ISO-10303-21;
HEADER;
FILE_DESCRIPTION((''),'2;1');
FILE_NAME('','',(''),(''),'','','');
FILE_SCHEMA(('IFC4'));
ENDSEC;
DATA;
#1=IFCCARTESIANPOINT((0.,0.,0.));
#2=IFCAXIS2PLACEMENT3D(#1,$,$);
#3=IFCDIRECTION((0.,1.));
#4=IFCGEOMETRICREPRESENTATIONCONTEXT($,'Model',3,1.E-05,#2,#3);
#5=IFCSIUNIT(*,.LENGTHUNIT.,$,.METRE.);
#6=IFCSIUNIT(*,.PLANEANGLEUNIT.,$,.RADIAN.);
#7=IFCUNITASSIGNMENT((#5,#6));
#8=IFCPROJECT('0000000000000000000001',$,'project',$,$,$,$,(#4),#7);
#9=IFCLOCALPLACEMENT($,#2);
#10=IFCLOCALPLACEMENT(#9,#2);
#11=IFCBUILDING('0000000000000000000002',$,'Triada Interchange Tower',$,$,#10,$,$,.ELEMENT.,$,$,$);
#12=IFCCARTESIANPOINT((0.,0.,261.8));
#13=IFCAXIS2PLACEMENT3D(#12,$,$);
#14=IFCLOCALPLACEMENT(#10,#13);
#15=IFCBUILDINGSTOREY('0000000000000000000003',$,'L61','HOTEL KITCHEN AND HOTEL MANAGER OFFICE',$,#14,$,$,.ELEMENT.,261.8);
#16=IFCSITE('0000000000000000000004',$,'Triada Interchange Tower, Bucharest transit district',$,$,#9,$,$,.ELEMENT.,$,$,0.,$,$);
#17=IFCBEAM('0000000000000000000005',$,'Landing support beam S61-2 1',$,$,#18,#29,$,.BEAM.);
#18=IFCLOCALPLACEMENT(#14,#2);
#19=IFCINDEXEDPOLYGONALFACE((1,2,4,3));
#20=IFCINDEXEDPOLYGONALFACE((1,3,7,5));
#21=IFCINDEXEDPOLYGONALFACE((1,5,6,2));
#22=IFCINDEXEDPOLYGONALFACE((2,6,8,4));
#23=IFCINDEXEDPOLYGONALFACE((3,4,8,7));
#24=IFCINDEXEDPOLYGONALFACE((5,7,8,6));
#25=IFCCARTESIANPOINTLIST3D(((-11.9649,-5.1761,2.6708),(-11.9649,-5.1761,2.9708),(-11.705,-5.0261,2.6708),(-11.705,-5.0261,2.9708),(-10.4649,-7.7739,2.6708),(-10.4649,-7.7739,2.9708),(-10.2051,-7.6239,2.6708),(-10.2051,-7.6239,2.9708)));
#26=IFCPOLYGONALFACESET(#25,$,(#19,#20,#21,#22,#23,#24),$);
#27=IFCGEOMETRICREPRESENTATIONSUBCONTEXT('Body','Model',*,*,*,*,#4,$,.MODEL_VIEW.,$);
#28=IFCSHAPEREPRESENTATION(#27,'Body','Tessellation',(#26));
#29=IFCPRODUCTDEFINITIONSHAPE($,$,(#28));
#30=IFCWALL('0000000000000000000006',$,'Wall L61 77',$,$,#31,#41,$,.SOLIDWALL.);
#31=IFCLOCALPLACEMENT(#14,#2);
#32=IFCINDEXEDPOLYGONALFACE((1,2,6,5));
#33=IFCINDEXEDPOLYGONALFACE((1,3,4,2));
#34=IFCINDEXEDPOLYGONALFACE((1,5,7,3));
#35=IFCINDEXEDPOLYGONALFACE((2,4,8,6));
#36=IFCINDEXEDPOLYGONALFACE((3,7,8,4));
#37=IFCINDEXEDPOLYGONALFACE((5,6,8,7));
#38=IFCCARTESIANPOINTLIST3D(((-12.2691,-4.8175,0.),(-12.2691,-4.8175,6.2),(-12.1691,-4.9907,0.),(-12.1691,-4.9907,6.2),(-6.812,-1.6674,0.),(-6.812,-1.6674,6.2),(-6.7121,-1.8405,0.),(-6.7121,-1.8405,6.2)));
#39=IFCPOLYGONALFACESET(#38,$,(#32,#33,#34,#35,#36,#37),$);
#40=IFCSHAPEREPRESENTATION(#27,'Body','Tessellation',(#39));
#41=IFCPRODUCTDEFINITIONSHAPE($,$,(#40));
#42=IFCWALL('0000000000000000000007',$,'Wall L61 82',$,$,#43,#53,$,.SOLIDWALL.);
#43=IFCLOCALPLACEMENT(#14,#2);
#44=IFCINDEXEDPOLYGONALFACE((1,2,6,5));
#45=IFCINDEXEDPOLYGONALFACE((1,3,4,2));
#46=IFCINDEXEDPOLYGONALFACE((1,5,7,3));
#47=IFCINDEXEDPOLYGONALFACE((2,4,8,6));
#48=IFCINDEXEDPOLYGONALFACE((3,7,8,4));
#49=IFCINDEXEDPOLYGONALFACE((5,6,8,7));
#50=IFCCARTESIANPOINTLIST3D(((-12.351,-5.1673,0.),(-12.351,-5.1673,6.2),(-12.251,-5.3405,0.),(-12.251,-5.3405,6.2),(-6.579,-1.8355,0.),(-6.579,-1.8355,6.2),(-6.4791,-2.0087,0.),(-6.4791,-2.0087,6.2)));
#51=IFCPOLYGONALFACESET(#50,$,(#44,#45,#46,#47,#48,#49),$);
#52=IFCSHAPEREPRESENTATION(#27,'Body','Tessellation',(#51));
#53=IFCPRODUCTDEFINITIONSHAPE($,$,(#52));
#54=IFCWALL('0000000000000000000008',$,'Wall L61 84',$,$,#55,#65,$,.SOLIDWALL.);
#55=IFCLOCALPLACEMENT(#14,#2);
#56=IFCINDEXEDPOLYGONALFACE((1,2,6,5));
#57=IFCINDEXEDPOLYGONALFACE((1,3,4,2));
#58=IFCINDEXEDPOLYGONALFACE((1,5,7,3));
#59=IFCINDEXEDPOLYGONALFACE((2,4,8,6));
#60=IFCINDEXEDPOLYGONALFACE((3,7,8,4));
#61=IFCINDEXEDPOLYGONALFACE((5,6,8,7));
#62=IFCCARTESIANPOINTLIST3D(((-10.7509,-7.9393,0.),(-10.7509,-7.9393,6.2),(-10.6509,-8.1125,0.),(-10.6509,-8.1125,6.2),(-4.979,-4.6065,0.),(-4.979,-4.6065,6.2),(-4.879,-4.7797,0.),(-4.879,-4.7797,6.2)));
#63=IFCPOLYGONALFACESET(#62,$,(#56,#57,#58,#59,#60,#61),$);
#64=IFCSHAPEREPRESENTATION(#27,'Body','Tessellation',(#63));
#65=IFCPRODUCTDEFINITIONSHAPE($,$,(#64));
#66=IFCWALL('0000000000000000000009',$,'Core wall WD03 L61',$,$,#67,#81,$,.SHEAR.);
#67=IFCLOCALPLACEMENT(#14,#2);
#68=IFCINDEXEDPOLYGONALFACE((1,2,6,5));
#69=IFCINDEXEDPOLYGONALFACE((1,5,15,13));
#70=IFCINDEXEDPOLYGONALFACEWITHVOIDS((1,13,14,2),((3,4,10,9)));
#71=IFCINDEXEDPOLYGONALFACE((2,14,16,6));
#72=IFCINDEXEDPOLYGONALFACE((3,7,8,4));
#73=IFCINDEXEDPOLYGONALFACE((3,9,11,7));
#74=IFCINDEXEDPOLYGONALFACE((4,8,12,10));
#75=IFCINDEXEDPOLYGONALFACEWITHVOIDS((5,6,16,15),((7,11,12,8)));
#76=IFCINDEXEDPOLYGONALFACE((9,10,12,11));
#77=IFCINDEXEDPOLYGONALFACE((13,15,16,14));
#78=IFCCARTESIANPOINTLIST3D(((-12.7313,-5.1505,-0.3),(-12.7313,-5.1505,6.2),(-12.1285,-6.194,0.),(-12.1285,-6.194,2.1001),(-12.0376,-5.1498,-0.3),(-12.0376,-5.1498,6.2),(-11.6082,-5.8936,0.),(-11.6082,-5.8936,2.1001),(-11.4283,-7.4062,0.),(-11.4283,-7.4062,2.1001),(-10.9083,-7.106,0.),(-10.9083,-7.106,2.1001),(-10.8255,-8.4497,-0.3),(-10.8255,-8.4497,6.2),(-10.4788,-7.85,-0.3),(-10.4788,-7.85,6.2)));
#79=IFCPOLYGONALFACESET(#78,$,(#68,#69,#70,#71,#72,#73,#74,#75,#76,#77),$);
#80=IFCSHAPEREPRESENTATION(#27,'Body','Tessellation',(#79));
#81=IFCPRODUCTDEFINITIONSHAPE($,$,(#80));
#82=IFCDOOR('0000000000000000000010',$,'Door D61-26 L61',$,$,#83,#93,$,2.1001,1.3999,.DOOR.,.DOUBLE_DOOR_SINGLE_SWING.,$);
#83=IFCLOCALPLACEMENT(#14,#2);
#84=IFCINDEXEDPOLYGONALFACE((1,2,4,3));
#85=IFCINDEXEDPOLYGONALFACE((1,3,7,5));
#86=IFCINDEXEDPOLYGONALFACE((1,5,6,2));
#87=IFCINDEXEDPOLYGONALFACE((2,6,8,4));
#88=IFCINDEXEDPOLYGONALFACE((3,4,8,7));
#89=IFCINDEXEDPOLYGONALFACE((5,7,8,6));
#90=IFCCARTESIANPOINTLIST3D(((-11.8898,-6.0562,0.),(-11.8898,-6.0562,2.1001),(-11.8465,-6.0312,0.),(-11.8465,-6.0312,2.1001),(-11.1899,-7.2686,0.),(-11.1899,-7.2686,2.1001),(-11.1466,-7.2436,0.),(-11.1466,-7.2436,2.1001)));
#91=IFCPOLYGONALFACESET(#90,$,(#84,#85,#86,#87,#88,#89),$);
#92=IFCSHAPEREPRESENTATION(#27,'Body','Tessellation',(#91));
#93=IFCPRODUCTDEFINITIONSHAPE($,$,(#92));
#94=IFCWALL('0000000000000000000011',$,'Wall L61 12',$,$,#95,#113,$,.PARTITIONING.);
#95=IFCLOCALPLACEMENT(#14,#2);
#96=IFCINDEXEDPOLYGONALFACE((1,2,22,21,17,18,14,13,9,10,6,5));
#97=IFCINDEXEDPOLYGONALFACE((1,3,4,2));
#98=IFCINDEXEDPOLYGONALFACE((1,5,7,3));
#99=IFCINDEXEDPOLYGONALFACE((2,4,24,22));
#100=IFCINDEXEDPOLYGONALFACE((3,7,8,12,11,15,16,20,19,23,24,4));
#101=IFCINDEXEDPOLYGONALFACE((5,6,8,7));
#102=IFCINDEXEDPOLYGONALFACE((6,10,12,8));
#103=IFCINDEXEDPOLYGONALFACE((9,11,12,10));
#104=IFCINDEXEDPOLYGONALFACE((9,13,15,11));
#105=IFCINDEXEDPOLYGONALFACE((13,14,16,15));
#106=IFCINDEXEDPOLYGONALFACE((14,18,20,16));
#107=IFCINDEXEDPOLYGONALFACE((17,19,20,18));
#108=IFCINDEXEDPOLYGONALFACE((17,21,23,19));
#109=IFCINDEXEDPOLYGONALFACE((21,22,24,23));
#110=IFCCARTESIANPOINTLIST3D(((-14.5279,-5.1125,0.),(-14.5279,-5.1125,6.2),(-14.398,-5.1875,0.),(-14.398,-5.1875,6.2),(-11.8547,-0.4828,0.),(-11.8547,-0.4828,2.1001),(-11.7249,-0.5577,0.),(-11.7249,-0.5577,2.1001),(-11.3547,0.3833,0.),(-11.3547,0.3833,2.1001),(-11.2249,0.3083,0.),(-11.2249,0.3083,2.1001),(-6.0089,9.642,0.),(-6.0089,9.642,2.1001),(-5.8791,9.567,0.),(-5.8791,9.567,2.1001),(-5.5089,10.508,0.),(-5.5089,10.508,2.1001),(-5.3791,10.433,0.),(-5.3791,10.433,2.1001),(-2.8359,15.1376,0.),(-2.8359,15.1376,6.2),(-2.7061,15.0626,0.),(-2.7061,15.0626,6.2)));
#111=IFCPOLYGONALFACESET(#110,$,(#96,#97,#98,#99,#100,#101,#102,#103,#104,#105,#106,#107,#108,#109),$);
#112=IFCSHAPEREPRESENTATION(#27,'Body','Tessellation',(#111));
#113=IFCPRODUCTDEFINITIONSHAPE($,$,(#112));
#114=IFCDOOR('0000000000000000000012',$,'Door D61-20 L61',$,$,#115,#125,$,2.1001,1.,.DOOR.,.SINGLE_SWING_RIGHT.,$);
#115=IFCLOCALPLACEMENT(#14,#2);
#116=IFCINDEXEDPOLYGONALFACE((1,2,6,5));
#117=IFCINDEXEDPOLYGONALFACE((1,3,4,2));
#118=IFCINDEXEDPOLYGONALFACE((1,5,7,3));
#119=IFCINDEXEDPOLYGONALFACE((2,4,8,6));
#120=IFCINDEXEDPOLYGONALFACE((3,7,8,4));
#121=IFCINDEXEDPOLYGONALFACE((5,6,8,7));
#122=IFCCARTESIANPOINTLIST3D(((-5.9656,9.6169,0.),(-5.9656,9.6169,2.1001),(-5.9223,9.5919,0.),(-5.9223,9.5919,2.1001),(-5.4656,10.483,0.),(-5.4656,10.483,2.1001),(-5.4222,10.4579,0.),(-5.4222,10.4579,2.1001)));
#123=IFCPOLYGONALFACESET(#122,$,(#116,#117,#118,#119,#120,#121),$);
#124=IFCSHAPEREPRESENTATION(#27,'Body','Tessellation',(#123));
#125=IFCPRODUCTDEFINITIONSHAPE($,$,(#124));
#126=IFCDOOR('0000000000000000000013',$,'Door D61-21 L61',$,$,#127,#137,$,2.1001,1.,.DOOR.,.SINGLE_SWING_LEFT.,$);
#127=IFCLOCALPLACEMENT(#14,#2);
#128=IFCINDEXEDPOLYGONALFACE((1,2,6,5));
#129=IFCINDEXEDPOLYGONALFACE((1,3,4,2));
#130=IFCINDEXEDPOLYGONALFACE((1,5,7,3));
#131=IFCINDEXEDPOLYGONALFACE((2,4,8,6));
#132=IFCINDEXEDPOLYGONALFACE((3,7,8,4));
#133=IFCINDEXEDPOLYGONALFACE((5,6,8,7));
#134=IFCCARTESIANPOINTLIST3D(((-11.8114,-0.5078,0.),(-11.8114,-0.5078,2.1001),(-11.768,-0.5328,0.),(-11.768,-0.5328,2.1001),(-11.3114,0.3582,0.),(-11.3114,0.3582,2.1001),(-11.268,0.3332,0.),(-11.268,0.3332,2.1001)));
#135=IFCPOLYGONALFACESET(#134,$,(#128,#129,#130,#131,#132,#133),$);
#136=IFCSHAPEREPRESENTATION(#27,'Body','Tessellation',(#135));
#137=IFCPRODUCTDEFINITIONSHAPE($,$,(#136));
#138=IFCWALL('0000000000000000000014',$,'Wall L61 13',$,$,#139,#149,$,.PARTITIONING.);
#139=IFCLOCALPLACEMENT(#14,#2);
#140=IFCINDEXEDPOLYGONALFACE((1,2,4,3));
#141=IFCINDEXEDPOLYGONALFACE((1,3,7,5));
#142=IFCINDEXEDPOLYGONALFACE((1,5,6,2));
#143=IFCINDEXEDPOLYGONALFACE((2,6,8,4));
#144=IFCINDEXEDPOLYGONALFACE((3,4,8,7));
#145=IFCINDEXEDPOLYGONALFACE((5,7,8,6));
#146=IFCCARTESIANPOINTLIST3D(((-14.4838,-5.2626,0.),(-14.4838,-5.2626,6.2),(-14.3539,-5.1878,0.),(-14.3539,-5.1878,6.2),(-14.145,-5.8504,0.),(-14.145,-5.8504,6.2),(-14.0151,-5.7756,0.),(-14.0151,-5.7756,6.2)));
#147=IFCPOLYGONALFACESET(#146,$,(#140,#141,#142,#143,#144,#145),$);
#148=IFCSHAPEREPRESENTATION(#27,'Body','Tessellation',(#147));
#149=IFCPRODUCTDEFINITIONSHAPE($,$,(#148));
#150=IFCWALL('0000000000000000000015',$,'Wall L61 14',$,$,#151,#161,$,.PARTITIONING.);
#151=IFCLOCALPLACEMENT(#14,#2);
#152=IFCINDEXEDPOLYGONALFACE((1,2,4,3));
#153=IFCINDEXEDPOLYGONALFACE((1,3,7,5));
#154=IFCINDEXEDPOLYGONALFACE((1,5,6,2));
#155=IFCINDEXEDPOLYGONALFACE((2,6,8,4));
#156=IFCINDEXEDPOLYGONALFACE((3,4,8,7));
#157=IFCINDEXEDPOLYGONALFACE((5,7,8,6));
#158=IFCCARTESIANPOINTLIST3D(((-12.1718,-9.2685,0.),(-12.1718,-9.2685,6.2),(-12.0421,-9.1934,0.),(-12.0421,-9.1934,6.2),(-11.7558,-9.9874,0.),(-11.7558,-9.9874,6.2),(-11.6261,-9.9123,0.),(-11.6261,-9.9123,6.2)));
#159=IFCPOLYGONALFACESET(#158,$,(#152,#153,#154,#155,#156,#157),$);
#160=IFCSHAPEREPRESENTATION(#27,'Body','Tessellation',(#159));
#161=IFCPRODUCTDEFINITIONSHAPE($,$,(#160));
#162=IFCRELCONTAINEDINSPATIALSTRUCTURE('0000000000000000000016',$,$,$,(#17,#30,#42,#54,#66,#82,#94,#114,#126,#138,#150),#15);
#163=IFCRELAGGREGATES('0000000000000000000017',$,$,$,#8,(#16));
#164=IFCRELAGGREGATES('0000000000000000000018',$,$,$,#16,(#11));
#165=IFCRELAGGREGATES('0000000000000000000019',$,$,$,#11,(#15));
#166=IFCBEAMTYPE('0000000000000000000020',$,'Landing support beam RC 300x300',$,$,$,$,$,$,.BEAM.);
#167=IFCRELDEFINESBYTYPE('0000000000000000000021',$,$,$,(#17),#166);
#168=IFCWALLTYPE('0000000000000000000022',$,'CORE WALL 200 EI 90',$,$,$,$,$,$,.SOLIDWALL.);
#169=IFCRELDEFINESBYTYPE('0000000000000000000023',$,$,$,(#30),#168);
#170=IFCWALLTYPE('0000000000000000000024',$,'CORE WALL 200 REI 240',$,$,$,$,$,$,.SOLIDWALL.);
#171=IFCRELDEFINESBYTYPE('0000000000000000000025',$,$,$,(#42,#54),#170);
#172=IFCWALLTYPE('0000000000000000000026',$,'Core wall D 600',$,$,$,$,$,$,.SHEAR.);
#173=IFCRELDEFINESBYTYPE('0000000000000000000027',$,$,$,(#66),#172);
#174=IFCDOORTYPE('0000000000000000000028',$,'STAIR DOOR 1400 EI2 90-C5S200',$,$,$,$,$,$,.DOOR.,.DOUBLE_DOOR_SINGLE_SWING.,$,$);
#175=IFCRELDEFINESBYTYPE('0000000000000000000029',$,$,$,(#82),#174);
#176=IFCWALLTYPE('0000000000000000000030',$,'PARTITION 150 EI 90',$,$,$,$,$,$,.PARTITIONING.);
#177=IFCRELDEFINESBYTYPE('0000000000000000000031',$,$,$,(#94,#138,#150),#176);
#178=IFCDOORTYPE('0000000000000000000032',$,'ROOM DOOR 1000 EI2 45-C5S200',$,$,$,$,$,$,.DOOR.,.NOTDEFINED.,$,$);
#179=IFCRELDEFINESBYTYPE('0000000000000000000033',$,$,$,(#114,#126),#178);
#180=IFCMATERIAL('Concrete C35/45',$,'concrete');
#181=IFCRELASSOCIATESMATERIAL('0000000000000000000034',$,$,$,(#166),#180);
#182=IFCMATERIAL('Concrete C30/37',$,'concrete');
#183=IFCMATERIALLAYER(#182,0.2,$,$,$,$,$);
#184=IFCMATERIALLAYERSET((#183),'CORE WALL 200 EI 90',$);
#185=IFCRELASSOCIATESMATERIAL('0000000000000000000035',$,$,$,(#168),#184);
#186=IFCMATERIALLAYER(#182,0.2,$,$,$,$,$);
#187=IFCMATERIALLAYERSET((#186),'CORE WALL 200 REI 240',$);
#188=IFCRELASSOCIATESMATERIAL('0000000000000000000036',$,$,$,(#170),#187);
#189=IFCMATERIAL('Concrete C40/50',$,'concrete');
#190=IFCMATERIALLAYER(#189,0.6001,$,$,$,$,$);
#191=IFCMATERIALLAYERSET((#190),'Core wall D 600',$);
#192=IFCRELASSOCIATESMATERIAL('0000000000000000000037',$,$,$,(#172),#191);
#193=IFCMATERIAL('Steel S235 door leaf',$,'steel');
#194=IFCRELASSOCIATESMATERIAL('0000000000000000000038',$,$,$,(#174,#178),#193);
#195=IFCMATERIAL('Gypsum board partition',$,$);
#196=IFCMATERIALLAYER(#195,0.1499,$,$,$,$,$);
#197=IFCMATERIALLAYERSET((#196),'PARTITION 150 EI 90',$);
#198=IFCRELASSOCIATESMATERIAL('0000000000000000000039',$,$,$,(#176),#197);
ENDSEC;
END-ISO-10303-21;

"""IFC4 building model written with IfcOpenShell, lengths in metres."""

from ifc_helpers import new_model, si_unit, direction, frame, frame_2d, origin, origin_2d, place, context, subcontext, project, spatial, polyline, rectangle, outline, extrude, material, layer, layer_set, material_profile, profile_set, type_object, element, fill, save


model = new_model("IFC4")

# Units and contexts
model_context = context("Model", 3, precision=1e-05, world=origin(), true_north=direction((0.0, 1.0)))
body_context = subcontext(model_context, "Body", "Model", "MODEL_VIEW")
ifc_project = project(units=[si_unit("LENGTHUNIT", "METRE"), si_unit("PLANEANGLEUNIT", "RADIAN")], contexts=[model_context])

# Site, building, storey
site_placement = place(None, origin())
site = spatial("IfcSite", under=ifc_project, at=site_placement, Name="Triada Interchange Tower, Bucharest transit district", CompositionType="ELEMENT", RefElevation=0.0)
building_placement = place(site_placement, origin())
building = spatial("IfcBuilding", under=site, at=building_placement, Name="Triada Interchange Tower", CompositionType="ELEMENT")
storey_placement = place(building_placement, frame((0.0, 0.0, 261.8)))
storey = spatial("IfcBuildingStorey", under=building, at=storey_placement, Name="L61", Description="HOTEL KITCHEN AND HOTEL MANAGER OFFICE", CompositionType="ELEMENT", Elevation=261.8)

# Beam
ifc_material_1 = material(Name="Concrete C35/45", Category="concrete")
ifc_material_profile = material_profile(ifc_material_1, rectangle(XDim=0.3, YDim=0.3, at=origin_2d()), Name="RC 300x300")
ifc_profile_set = profile_set([ifc_material_profile], Name="Concrete C35/45")
beam_type = type_object("IfcBeamType", Name="Landing support beam RC 300x300", PredefinedType="BEAM", material=ifc_profile_set)
beam_placement = place(storey_placement, frame((-11.835, -5.1011, 2.8208), z_axis=(0.500025, -0.866011, 0.0), x_axis=(0.866011, 0.500025, 0.0)))
element("IfcBeam", 1, at=beam_placement, inside=storey, type_object=beam_type, Name="Landing support beam S61-2 1", PredefinedType="BEAM", context=body_context, shape_type="SweptSolid", body=[
    extrude(rectangle(XDim=0.3, YDim=0.3, at=origin_2d()), origin(), (0.0, 0.0, 1.0), 2.9998),
])

# Walls
ifc_material_2 = material(Name="Concrete C30/37", Category="concrete")
ifc_layer_1 = layer(ifc_material_2, 0.2)
ifc_layer_set_1 = layer_set([ifc_layer_1], Name="CORE WALL 200 EI 90")
wall_type_1 = type_object("IfcWallType", Name="CORE WALL 200 EI 90", PredefinedType="SOLIDWALL", material=ifc_layer_set_1)
wall_1_placement = place(storey_placement, frame((-12.219, -4.9041, 0.0), z_axis=(0.0, 0.0, 1.0), x_axis=(0.866058, 0.499944, 0.0)))
element("IfcWall", 2, at=wall_1_placement, inside=storey, type_object=wall_type_1, Name="Wall L61 77", PredefinedType="SOLIDWALL", context=body_context, shape_type="SweptSolid", body=[
    extrude(rectangle(XDim=6.301, YDim=0.2, at=frame_2d((3.1504, 0.0))), origin(), (0.0, 0.0, 1.0), 6.2),
])
ifc_layer_2 = layer(ifc_material_2, 0.2)
ifc_layer_set_2 = layer_set([ifc_layer_2], Name="CORE WALL 200 REI 240")
wall_type_2 = type_object("IfcWallType", Name="CORE WALL 200 REI 240", PredefinedType="SOLIDWALL", material=ifc_layer_set_2)
wall_2_placement = place(storey_placement, frame((-12.301, -5.2539, 0.0), z_axis=(0.0, 0.0, 1.0), x_axis=(0.866068, 0.499925, 0.0)))
element("IfcWall", 3, at=wall_2_placement, inside=storey, type_object=wall_type_2, Name="Wall L61 82", PredefinedType="SOLIDWALL", context=body_context, shape_type="SweptSolid", body=[
    extrude(rectangle(XDim=6.6646, YDim=0.2, at=frame_2d((3.3323, 0.0))), origin(), (0.0, 0.0, 1.0), 6.2),
])
wall_3_placement = place(storey_placement, frame((-10.7009, -8.0259, 0.0), z_axis=(0.0, 0.0, 1.0), x_axis=(0.866005, 0.500035, 0.0)))
element("IfcWall", 4, at=wall_3_placement, inside=storey, type_object=wall_type_2, Name="Wall L61 84", PredefinedType="SOLIDWALL", context=body_context, shape_type="SweptSolid", body=[
    extrude(rectangle(XDim=6.665, YDim=0.2, at=frame_2d((3.3325, 0.0))), origin(), (0.0, 0.0, 1.0), 6.2),
])

# Wall, opening, door
ifc_material_3 = material(Name="Concrete C40/50", Category="concrete")
ifc_layer_3 = layer(ifc_material_3, 0.6001)
ifc_layer_set_3 = layer_set([ifc_layer_3], Name="Core wall D 600")
wall_type_3 = type_object("IfcWallType", Name="Core wall D 600", PredefinedType="SHEAR", material=ifc_layer_set_3)
wall_4_placement = place(storey_placement, frame((-12.384, -5.1499, -0.3), z_axis=(0.0, 0.0, 1.0), x_axis=(0.499975, -0.86604, 0.0)))
wall_4 = element("IfcWall", 5, at=wall_4_placement, inside=storey, type_object=wall_type_3, Name="Core wall WD03 L61", PredefinedType="SHEAR", context=body_context, shape_type="SweptSolid", body=[
    extrude(outline(polyline([(-0.1731, -0.301), (1.7319, -0.3005), (3.637, -0.3), (3.291, 0.3), (1.7319, 0.3), (0.1731, 0.3), (-0.1731, -0.301)])), origin(), (0.0, 0.0, 1.0), 6.5),
])
opening_1_placement = place(wall_4_placement, frame((1.032, 0.0, 0.3)))
opening_1 = element("IfcOpeningElement", 6, at=opening_1_placement, cuts=wall_4, PredefinedType="OPENING", context=body_context, shape_type="SweptSolid", body=[
    extrude(rectangle(XDim=1.3999, YDim=2.1001, at=frame_2d((0.7, 1.05))), frame((0.0, 0.3101, 0.0), z_axis=(0.0, -1.0, 0.0), x_axis=(1.0, 0.0, 0.0)), (0.0, 0.0, 1.0), 0.6211),
])
ifc_material_4 = material(Name="Steel S235 door leaf", Category="steel")
door_type_1 = type_object("IfcDoorType", Name="STAIR DOOR 1400 EI2 90-C5S200", OperationType="DOUBLE_DOOR_SINGLE_SWING", PredefinedType="DOOR", material=ifc_material_4)
door_1_placement = place(opening_1_placement, origin())
door_1 = element("IfcDoor", 7, at=door_1_placement, inside=storey, type_object=door_type_1, Name="Door D61-26 L61", OperationType="DOUBLE_DOOR_SINGLE_SWING", OverallHeight=2.1001, OverallWidth=1.3999, PredefinedType="DOOR", context=body_context, shape_type="SweptSolid", body=[
    extrude(rectangle(XDim=1.3999, YDim=2.1001, at=frame_2d((0.7, 1.05))), frame((0.0, 0.0249, 0.0), z_axis=(0.0, -1.0, 0.0), x_axis=(1.0, 0.0, 0.0)), (0.0, 0.0, 1.0), 0.05),
])
fill(opening_1, door_1)

# Wall, openings, doors
ifc_material_5 = material(Name="Gypsum board partition")
ifc_layer_4 = layer(ifc_material_5, 0.1499)
ifc_layer_set_4 = layer_set([ifc_layer_4], Name="PARTITION 150 EI 90")
wall_type_4 = type_object("IfcWallType", Name="PARTITION 150 EI 90", PredefinedType="PARTITIONING", material=ifc_layer_set_4)
wall_5_placement = place(storey_placement, frame((-14.4629, -5.1499, 0.0), z_axis=(0.0, 0.0, 1.0), x_axis=(0.500018, 0.866015, 0.0)))
wall_5 = element("IfcWall", 8, at=wall_5_placement, inside=storey, type_object=wall_type_4, Name="Wall L61 12", PredefinedType="PARTITIONING", context=body_context, shape_type="SweptSolid", body=[
    extrude(rectangle(XDim=23.3831, YDim=0.1499, at=frame_2d((11.6914, 0.0))), origin(), (0.0, 0.0, 1.0), 6.2),
])
opening_2_placement = place(wall_5_placement, frame((17.0371, 0.0, 0.0)))
opening_2 = element("IfcOpeningElement", 9, at=opening_2_placement, cuts=wall_5, PredefinedType="OPENING", context=body_context, shape_type="SweptSolid", body=[
    extrude(rectangle(XDim=1.0, YDim=2.1001, at=frame_2d((0.5, 1.05))), frame((0.0, 0.085, 0.0), z_axis=(0.0, -1.0, 0.0), x_axis=(1.0, 0.0, 0.0)), (0.0, 0.0, 1.0), 0.1699),
])
opening_3_placement = place(wall_5_placement, frame((5.3459, 0.0, 0.0)))
opening_3 = element("IfcOpeningElement", 10, at=opening_3_placement, cuts=wall_5, PredefinedType="OPENING", context=body_context, shape_type="SweptSolid", body=[
    extrude(rectangle(XDim=1.0, YDim=2.1001, at=frame_2d((0.5, 1.05))), frame((0.0, 0.085, 0.0), z_axis=(0.0, -1.0, 0.0), x_axis=(1.0, 0.0, 0.0)), (0.0, 0.0, 1.0), 0.1699),
])
door_type_2 = type_object("IfcDoorType", Name="ROOM DOOR 1000 EI2 45-C5S200", OperationType="NOTDEFINED", PredefinedType="DOOR", material=ifc_material_4)
door_2_placement = place(opening_2_placement, origin())
door_2 = element("IfcDoor", 11, at=door_2_placement, inside=storey, type_object=door_type_2, Name="Door D61-20 L61", OperationType="SINGLE_SWING_RIGHT", OverallHeight=2.1001, OverallWidth=1.0, PredefinedType="DOOR", context=body_context, shape_type="SweptSolid", body=[
    extrude(rectangle(XDim=1.0, YDim=2.1001, at=frame_2d((0.5, 1.05))), frame((0.0, 0.0249, 0.0), z_axis=(0.0, -1.0, 0.0), x_axis=(1.0, 0.0, 0.0)), (0.0, 0.0, 1.0), 0.05),
])
fill(opening_2, door_2)
door_3_placement = place(opening_3_placement, origin())
door_3 = element("IfcDoor", 12, at=door_3_placement, inside=storey, type_object=door_type_2, Name="Door D61-21 L61", OperationType="SINGLE_SWING_LEFT", OverallHeight=2.1001, OverallWidth=1.0, PredefinedType="DOOR", context=body_context, shape_type="SweptSolid", body=[
    extrude(rectangle(XDim=1.0, YDim=2.1001, at=frame_2d((0.5, 1.05))), frame((0.0, 0.0249, 0.0), z_axis=(0.0, -1.0, 0.0), x_axis=(1.0, 0.0, 0.0)), (0.0, 0.0, 1.0), 0.05),
])
fill(opening_3, door_3)

# Walls
wall_6_placement = place(storey_placement, frame((-14.4189, -5.2251, 0.0), z_axis=(0.0, 0.0, 1.0), x_axis=(0.49939, -0.866377, 0.0)))
element("IfcWall", 13, at=wall_6_placement, inside=storey, type_object=wall_type_4, Name="Wall L61 13", PredefinedType="PARTITIONING", context=body_context, shape_type="SweptSolid", body=[
    extrude(rectangle(XDim=0.6785, YDim=0.1499, at=frame_2d((0.3394, 0.0))), origin(), (0.0, 0.0, 1.0), 6.2),
])
wall_7_placement = place(storey_placement, frame((-12.1069, -9.231, 0.0), z_axis=(0.0, 0.0, 1.0), x_axis=(0.500816, -0.865554, 0.0)))
element("IfcWall", 14, at=wall_7_placement, inside=storey, type_object=wall_type_4, Name="Wall L61 14", PredefinedType="PARTITIONING", context=body_context, shape_type="SweptSolid", body=[
    extrude(rectangle(XDim=0.8306, YDim=0.1499, at=frame_2d((0.4153, 0.0))), origin(), (0.0, 0.0, 1.0), 6.2),
])

save(model, "model.ifc")
